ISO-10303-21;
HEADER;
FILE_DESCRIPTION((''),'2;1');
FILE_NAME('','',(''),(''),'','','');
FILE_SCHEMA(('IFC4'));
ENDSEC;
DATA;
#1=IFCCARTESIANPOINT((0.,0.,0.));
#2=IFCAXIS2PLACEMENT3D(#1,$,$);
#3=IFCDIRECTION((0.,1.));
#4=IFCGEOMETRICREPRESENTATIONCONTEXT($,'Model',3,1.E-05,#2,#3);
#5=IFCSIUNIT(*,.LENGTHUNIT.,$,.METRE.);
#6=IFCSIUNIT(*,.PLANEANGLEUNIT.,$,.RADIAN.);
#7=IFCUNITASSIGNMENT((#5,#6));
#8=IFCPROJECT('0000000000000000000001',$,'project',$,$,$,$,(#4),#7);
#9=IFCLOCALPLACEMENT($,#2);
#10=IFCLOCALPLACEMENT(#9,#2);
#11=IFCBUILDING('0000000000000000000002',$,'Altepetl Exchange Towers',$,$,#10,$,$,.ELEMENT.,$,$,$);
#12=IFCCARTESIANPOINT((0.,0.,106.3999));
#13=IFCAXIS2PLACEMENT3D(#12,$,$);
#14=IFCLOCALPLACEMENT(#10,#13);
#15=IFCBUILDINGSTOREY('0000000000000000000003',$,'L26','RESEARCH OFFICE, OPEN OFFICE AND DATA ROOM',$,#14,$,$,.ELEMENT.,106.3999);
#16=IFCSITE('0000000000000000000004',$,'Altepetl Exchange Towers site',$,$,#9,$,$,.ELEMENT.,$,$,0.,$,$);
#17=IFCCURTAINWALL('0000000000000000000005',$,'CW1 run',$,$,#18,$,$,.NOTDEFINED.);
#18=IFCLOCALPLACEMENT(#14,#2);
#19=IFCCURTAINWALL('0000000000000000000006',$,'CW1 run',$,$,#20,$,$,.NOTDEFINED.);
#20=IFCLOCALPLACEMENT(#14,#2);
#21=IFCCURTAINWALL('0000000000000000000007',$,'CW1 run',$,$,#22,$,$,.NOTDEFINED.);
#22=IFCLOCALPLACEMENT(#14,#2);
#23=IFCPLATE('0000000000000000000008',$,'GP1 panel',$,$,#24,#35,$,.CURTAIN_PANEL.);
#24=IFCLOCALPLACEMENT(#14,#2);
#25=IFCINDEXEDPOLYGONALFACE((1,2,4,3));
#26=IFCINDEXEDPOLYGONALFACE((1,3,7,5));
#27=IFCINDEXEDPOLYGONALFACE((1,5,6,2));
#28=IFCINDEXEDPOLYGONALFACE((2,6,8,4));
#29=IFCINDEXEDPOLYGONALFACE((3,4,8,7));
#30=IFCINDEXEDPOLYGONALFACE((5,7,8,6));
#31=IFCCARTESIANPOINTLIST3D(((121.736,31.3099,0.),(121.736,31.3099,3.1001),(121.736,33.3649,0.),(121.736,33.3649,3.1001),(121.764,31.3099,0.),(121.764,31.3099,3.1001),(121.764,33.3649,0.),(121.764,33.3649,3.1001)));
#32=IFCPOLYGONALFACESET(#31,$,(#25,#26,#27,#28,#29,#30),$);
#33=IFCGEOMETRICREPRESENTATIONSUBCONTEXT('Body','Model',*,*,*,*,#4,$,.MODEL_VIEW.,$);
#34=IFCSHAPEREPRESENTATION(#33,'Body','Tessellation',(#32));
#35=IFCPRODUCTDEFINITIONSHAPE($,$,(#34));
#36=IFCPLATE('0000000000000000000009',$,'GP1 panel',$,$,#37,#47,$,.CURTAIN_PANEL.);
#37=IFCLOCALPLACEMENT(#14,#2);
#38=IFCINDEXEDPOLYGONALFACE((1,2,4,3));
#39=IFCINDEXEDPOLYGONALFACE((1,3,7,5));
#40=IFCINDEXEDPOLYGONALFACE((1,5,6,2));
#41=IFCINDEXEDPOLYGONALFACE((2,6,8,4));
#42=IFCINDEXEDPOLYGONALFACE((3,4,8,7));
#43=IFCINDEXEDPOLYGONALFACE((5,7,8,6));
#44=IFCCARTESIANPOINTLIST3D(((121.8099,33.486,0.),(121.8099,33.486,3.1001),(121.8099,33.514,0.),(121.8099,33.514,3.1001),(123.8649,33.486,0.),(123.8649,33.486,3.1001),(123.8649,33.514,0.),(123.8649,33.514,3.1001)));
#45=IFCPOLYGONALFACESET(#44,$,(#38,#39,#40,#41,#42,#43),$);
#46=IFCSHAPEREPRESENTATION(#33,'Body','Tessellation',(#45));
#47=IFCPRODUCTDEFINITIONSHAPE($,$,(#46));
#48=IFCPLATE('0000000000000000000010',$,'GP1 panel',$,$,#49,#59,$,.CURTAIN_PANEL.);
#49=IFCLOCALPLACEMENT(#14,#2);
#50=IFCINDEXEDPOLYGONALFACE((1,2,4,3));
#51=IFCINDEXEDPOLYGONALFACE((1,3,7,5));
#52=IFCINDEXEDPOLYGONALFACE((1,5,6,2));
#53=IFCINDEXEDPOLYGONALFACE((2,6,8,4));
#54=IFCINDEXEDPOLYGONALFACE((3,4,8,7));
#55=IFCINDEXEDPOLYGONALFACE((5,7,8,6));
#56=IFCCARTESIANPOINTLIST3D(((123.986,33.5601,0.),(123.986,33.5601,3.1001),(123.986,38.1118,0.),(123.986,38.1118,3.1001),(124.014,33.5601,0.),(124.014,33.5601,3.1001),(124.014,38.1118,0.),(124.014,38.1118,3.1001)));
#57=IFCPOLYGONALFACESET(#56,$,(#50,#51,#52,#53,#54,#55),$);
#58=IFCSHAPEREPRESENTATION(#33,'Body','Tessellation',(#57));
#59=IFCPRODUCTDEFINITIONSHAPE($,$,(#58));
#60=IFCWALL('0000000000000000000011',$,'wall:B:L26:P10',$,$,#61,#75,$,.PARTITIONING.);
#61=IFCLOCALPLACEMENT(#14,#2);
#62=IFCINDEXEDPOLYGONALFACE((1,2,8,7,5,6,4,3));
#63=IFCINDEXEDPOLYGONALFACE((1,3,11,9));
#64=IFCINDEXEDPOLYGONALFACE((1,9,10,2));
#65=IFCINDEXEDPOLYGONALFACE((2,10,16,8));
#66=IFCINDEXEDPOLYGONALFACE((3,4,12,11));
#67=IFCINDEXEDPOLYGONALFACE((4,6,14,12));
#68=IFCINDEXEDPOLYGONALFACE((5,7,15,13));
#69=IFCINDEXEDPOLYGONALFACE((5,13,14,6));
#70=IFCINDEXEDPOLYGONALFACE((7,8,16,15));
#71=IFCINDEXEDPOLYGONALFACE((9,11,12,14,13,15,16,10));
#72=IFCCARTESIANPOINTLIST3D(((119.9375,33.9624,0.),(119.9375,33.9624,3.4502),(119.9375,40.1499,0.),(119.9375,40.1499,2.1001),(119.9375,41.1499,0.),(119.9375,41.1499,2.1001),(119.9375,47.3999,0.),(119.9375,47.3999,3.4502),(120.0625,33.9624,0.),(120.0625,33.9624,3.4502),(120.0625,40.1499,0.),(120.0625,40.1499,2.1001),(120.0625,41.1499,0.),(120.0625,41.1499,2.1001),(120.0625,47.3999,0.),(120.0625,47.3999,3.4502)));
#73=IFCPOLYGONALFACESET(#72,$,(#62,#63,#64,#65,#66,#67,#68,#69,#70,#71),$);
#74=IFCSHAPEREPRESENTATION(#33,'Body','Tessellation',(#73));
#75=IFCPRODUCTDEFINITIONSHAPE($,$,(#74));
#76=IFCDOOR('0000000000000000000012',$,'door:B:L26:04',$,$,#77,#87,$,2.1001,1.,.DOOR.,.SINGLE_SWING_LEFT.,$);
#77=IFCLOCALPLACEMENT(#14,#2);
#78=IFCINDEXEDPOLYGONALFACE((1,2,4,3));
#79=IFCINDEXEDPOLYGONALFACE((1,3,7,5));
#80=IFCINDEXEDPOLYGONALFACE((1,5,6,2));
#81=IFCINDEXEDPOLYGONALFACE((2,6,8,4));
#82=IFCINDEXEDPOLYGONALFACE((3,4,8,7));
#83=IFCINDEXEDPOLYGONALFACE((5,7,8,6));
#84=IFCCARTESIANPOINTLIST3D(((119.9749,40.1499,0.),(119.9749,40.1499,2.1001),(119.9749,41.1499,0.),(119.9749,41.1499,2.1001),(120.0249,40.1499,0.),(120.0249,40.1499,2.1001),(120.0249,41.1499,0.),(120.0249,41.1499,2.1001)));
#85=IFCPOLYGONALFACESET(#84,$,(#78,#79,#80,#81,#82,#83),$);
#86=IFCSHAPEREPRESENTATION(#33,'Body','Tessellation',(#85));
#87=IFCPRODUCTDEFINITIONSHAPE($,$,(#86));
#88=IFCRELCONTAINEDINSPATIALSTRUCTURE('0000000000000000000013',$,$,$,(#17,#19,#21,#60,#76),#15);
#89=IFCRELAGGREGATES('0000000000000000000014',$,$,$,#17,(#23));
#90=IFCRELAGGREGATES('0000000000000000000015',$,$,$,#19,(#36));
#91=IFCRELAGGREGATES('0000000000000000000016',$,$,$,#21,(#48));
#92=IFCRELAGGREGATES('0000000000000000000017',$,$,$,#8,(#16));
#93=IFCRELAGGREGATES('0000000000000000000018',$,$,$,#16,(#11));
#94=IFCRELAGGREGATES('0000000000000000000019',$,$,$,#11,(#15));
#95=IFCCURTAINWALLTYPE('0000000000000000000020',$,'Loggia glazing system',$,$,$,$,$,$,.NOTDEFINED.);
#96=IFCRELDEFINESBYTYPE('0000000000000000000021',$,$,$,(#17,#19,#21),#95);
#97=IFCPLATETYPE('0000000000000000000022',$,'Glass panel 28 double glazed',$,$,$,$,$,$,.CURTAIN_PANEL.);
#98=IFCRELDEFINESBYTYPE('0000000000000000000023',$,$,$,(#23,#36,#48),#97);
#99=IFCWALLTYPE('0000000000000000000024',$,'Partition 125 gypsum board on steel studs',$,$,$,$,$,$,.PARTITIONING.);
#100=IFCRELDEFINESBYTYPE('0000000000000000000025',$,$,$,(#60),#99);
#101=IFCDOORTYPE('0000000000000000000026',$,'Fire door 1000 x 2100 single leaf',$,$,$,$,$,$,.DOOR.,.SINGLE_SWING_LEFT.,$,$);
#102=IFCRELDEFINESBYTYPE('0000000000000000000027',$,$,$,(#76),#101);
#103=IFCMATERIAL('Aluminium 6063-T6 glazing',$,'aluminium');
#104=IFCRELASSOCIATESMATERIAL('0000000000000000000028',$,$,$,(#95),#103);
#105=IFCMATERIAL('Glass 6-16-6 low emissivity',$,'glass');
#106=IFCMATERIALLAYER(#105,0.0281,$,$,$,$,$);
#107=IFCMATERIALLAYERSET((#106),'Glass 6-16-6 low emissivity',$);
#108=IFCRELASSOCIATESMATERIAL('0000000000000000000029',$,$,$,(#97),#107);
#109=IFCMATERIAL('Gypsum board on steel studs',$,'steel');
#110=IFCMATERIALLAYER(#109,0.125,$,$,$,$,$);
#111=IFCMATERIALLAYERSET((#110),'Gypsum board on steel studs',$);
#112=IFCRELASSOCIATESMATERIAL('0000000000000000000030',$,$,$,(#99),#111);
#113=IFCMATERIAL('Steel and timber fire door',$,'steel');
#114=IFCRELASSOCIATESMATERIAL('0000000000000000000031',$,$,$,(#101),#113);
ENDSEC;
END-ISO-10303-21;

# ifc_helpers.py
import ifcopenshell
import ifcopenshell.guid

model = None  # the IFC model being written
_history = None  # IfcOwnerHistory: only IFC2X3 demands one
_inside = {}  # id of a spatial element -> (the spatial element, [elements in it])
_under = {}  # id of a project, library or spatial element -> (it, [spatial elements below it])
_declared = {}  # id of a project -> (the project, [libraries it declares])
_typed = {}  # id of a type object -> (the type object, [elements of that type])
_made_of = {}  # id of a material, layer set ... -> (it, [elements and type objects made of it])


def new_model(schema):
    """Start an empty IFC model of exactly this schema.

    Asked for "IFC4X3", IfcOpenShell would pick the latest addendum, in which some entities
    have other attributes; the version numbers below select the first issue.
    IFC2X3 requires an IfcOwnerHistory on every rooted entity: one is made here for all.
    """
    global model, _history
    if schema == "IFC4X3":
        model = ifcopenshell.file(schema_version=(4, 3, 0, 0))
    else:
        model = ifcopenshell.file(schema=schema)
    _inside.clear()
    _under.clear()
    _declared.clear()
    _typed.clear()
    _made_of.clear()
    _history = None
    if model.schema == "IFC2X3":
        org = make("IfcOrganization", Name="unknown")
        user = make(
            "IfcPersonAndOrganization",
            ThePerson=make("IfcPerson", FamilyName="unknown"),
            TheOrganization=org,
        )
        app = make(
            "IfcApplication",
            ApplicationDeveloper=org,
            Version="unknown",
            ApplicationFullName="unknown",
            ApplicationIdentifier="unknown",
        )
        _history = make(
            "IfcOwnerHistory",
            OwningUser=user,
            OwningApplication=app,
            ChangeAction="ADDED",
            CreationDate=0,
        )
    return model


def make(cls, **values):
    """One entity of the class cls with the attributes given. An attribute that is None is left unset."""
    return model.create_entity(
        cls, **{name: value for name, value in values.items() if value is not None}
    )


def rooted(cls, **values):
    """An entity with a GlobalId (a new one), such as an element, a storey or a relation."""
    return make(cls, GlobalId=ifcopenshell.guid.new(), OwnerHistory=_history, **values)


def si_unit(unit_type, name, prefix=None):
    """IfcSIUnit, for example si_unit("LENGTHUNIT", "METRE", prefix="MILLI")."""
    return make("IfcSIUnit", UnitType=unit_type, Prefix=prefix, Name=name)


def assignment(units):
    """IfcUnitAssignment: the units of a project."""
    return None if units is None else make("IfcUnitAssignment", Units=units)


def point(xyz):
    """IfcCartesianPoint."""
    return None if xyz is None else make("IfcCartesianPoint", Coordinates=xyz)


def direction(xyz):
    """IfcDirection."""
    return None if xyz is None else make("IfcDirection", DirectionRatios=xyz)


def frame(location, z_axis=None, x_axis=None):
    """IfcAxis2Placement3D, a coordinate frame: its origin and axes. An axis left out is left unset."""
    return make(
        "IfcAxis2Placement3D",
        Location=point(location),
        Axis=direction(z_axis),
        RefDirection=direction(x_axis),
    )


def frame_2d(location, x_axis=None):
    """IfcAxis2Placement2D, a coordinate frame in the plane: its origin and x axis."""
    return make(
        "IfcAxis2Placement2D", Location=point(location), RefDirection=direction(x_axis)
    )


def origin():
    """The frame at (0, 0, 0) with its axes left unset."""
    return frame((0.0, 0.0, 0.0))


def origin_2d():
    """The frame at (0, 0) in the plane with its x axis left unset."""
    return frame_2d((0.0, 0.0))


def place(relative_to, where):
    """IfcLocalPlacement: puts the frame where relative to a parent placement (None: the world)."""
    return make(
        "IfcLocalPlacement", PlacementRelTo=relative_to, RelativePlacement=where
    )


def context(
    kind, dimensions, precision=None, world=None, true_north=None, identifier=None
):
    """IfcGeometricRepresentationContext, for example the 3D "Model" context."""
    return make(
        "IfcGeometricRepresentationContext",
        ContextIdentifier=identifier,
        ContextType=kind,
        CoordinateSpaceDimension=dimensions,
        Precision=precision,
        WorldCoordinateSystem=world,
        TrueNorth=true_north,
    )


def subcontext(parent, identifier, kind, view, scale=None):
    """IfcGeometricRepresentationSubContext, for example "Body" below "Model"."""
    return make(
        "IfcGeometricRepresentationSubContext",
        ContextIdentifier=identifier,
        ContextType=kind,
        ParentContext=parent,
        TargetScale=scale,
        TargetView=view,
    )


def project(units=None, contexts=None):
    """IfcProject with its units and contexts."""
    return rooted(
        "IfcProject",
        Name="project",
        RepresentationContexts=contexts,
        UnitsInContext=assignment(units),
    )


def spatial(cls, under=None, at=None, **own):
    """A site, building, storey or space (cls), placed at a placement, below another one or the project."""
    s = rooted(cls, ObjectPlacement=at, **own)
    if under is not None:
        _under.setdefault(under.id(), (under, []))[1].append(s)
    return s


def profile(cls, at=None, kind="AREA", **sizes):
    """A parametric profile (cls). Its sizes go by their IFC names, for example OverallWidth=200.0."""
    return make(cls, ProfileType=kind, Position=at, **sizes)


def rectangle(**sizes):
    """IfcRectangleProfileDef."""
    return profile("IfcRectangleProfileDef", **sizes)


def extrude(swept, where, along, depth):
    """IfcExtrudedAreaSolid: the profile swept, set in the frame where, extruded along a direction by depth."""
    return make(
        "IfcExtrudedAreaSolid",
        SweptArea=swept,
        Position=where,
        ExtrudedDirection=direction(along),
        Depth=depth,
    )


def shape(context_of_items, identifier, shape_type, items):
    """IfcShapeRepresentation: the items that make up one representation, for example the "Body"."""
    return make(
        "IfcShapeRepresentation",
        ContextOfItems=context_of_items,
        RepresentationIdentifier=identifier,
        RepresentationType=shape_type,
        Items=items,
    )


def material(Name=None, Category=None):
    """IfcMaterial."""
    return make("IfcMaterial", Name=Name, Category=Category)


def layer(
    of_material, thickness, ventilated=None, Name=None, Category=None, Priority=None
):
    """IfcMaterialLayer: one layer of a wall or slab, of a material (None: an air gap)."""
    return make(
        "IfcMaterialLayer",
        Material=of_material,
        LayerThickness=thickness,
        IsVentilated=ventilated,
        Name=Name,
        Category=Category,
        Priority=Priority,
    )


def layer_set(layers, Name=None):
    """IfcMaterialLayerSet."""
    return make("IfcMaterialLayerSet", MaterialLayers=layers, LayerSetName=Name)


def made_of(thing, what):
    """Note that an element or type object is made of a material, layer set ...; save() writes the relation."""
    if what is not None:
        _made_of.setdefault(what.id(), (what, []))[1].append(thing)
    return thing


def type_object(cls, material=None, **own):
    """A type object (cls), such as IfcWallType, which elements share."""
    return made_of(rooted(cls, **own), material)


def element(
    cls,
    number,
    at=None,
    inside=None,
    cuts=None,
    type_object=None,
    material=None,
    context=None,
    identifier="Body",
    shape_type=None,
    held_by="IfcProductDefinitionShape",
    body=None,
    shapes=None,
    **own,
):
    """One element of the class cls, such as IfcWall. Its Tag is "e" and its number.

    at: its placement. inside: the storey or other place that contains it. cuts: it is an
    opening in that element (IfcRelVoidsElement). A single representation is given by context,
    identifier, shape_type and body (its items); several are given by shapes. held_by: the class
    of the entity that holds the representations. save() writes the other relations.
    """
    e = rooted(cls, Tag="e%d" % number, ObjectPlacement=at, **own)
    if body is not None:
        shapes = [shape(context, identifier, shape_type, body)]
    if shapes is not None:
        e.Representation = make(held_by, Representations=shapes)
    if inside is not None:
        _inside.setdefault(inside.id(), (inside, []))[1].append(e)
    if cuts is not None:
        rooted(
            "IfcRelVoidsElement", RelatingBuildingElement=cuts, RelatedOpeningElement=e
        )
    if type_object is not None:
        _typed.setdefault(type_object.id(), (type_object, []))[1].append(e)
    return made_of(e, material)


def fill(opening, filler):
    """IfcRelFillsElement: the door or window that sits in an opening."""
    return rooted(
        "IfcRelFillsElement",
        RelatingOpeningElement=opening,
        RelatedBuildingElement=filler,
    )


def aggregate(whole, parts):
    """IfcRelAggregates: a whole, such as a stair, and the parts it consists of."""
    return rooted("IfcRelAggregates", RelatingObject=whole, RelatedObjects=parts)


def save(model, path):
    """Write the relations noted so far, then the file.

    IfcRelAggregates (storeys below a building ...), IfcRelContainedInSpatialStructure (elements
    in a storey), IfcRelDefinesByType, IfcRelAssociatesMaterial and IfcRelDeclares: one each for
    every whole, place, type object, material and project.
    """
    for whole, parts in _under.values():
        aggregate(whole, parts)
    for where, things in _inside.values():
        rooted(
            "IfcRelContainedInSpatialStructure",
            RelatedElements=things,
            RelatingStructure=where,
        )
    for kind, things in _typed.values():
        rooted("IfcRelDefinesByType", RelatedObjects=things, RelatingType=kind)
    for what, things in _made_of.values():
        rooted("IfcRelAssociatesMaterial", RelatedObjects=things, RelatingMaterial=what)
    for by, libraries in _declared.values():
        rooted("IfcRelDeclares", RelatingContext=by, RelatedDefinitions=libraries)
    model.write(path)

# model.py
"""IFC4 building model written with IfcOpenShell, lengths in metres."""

from ifc_helpers import new_model, si_unit, direction, frame, frame_2d, origin, origin_2d, place, context, subcontext, project, spatial, rectangle, extrude, material, layer, layer_set, type_object, element, fill, aggregate, save


model = new_model("IFC4")

# Units and contexts
model_context = context("Model", 3, precision=1e-05, world=origin(), true_north=direction((0.0, 1.0)))
body_context = subcontext(model_context, "Body", "Model", "MODEL_VIEW")
ifc_project = project(units=[si_unit("LENGTHUNIT", "METRE"), si_unit("PLANEANGLEUNIT", "RADIAN")], contexts=[model_context])

# Site, building, storey
site_placement = place(None, origin())
site = spatial("IfcSite", under=ifc_project, at=site_placement, Name="Altepetl Exchange Towers site", CompositionType="ELEMENT", RefElevation=0.0)
building_placement = place(site_placement, origin())
building = spatial("IfcBuilding", under=site, at=building_placement, Name="Altepetl Exchange Towers", CompositionType="ELEMENT")
storey_placement = place(building_placement, frame((0.0, 0.0, 106.3999)))
storey = spatial("IfcBuildingStorey", under=building, at=storey_placement, Name="L26", Description="RESEARCH OFFICE, OPEN OFFICE AND DATA ROOM", CompositionType="ELEMENT", Elevation=106.3999)

# Shared definitions
ifc_material_1 = material(Name="Aluminium 6063-T6 glazing", Category="aluminium")
curtain_wall_type = type_object("IfcCurtainWallType", Name="Loggia glazing system", PredefinedType="NOTDEFINED", material=ifc_material_1)

# Curtain walls
curtain_wall_1_placement = place(storey_placement, origin())
curtain_wall_1 = element("IfcCurtainWall", 1, at=curtain_wall_1_placement, inside=storey, type_object=curtain_wall_type, Name="CW1 run", PredefinedType="NOTDEFINED")
curtain_wall_2_placement = place(storey_placement, origin())
curtain_wall_2 = element("IfcCurtainWall", 2, at=curtain_wall_2_placement, inside=storey, type_object=curtain_wall_type, Name="CW1 run", PredefinedType="NOTDEFINED")

# Curtain wall
curtain_wall_3_placement = place(storey_placement, origin())
curtain_wall_3 = element("IfcCurtainWall", 3, at=curtain_wall_3_placement, inside=storey, type_object=curtain_wall_type, Name="CW1 run", PredefinedType="NOTDEFINED")

# Plates
ifc_material_2 = material(Name="Glass 6-16-6 low emissivity", Category="glass")
ifc_layer_1 = layer(ifc_material_2, 0.0281)
ifc_layer_set_1 = layer_set([ifc_layer_1], Name="Glass 6-16-6 low emissivity")
plate_type = type_object("IfcPlateType", Name="Glass panel 28 double glazed", PredefinedType="CURTAIN_PANEL", material=ifc_layer_set_1)
plate_1_placement = place(storey_placement, frame((121.75, 32.3374, 0.0), z_axis=(0.0, 0.0, 1.0), x_axis=(0.0, 1.0, 0.0)))
plate_1 = element("IfcPlate", 4, at=plate_1_placement, type_object=plate_type, Name="GP1 panel", PredefinedType="CURTAIN_PANEL", context=body_context, shape_type="SweptSolid", body=[
    extrude(rectangle(XDim=2.0549, YDim=0.0281, at=origin_2d()), origin(), (0.0, 0.0, 1.0), 3.1001),
])
aggregate(curtain_wall_1, [plate_1])
plate_2_placement = place(storey_placement, frame((122.8374, 33.5, 0.0)))
plate_2 = element("IfcPlate", 5, at=plate_2_placement, type_object=plate_type, Name="GP1 panel", PredefinedType="CURTAIN_PANEL", context=body_context, shape_type="SweptSolid", body=[
    extrude(rectangle(XDim=2.0549, YDim=0.0281, at=origin_2d()), origin(), (0.0, 0.0, 1.0), 3.1001),
])
aggregate(curtain_wall_2, [plate_2])
plate_3_placement = place(storey_placement, frame((124.0, 35.8359, 0.0), z_axis=(0.0, 0.0, 1.0), x_axis=(0.0, 1.0, 0.0)))
plate_3 = element("IfcPlate", 6, at=plate_3_placement, type_object=plate_type, Name="GP1 panel", PredefinedType="CURTAIN_PANEL", context=body_context, shape_type="SweptSolid", body=[
    extrude(rectangle(XDim=4.5518, YDim=0.0281, at=origin_2d()), origin(), (0.0, 0.0, 1.0), 3.1001),
])
aggregate(curtain_wall_3, [plate_3])

# Wall, opening, door
ifc_material_3 = material(Name="Gypsum board on steel studs", Category="steel")
ifc_layer_2 = layer(ifc_material_3, 0.125)
ifc_layer_set_2 = layer_set([ifc_layer_2], Name="Gypsum board on steel studs")
wall_type = type_object("IfcWallType", Name="Partition 125 gypsum board on steel studs", PredefinedType="PARTITIONING", material=ifc_layer_set_2)
wall_placement = place(storey_placement, frame((120.0, 33.9624, 0.0), z_axis=(0.0, 0.0, 1.0), x_axis=(0.0, 1.0, 0.0)))
wall = element("IfcWall", 7, at=wall_placement, inside=storey, type_object=wall_type, Name="wall:B:L26:P10", PredefinedType="PARTITIONING", context=body_context, shape_type="SweptSolid", body=[
    extrude(rectangle(XDim=13.4375, YDim=0.125, at=frame_2d((6.7188, 0.0))), origin(), (0.0, 0.0, 1.0), 3.4502),
])
opening_placement = place(wall_placement, frame((6.1875, 0.0, 0.0)))
opening = element("IfcOpeningElement", 8, at=opening_placement, cuts=wall, PredefinedType="OPENING", context=body_context, shape_type="SweptSolid", body=[
    extrude(rectangle(XDim=1.0, YDim=2.1001, at=frame_2d((0.5, 1.05))), frame((0.0, 0.0725, 0.0), z_axis=(0.0, -1.0, 0.0), x_axis=(1.0, 0.0, 0.0)), (0.0, 0.0, 1.0), 0.145),
])
ifc_material_4 = material(Name="Steel and timber fire door", Category="steel")
door_type = type_object("IfcDoorType", Name="Fire door 1000 x 2100 single leaf", OperationType="SINGLE_SWING_LEFT", PredefinedType="DOOR", material=ifc_material_4)
door_placement = place(opening_placement, frame((1.0, 0.0, 0.0), x_axis=(-1.0, 0.0, 0.0)))
door = element("IfcDoor", 9, at=door_placement, inside=storey, type_object=door_type, Name="door:B:L26:04", OperationType="SINGLE_SWING_LEFT", OverallHeight=2.1001, OverallWidth=1.0, PredefinedType="DOOR", context=body_context, shape_type="SweptSolid", body=[
    extrude(rectangle(XDim=1.0, YDim=2.1001, at=frame_2d((0.5, 1.05))), frame((0.0, 0.0249, 0.0), z_axis=(0.0, -1.0, 0.0), x_axis=(1.0, 0.0, 0.0)), (0.0, 0.0, 1.0), 0.05),
])
fill(opening, door)

save(model, "model.ifc")
